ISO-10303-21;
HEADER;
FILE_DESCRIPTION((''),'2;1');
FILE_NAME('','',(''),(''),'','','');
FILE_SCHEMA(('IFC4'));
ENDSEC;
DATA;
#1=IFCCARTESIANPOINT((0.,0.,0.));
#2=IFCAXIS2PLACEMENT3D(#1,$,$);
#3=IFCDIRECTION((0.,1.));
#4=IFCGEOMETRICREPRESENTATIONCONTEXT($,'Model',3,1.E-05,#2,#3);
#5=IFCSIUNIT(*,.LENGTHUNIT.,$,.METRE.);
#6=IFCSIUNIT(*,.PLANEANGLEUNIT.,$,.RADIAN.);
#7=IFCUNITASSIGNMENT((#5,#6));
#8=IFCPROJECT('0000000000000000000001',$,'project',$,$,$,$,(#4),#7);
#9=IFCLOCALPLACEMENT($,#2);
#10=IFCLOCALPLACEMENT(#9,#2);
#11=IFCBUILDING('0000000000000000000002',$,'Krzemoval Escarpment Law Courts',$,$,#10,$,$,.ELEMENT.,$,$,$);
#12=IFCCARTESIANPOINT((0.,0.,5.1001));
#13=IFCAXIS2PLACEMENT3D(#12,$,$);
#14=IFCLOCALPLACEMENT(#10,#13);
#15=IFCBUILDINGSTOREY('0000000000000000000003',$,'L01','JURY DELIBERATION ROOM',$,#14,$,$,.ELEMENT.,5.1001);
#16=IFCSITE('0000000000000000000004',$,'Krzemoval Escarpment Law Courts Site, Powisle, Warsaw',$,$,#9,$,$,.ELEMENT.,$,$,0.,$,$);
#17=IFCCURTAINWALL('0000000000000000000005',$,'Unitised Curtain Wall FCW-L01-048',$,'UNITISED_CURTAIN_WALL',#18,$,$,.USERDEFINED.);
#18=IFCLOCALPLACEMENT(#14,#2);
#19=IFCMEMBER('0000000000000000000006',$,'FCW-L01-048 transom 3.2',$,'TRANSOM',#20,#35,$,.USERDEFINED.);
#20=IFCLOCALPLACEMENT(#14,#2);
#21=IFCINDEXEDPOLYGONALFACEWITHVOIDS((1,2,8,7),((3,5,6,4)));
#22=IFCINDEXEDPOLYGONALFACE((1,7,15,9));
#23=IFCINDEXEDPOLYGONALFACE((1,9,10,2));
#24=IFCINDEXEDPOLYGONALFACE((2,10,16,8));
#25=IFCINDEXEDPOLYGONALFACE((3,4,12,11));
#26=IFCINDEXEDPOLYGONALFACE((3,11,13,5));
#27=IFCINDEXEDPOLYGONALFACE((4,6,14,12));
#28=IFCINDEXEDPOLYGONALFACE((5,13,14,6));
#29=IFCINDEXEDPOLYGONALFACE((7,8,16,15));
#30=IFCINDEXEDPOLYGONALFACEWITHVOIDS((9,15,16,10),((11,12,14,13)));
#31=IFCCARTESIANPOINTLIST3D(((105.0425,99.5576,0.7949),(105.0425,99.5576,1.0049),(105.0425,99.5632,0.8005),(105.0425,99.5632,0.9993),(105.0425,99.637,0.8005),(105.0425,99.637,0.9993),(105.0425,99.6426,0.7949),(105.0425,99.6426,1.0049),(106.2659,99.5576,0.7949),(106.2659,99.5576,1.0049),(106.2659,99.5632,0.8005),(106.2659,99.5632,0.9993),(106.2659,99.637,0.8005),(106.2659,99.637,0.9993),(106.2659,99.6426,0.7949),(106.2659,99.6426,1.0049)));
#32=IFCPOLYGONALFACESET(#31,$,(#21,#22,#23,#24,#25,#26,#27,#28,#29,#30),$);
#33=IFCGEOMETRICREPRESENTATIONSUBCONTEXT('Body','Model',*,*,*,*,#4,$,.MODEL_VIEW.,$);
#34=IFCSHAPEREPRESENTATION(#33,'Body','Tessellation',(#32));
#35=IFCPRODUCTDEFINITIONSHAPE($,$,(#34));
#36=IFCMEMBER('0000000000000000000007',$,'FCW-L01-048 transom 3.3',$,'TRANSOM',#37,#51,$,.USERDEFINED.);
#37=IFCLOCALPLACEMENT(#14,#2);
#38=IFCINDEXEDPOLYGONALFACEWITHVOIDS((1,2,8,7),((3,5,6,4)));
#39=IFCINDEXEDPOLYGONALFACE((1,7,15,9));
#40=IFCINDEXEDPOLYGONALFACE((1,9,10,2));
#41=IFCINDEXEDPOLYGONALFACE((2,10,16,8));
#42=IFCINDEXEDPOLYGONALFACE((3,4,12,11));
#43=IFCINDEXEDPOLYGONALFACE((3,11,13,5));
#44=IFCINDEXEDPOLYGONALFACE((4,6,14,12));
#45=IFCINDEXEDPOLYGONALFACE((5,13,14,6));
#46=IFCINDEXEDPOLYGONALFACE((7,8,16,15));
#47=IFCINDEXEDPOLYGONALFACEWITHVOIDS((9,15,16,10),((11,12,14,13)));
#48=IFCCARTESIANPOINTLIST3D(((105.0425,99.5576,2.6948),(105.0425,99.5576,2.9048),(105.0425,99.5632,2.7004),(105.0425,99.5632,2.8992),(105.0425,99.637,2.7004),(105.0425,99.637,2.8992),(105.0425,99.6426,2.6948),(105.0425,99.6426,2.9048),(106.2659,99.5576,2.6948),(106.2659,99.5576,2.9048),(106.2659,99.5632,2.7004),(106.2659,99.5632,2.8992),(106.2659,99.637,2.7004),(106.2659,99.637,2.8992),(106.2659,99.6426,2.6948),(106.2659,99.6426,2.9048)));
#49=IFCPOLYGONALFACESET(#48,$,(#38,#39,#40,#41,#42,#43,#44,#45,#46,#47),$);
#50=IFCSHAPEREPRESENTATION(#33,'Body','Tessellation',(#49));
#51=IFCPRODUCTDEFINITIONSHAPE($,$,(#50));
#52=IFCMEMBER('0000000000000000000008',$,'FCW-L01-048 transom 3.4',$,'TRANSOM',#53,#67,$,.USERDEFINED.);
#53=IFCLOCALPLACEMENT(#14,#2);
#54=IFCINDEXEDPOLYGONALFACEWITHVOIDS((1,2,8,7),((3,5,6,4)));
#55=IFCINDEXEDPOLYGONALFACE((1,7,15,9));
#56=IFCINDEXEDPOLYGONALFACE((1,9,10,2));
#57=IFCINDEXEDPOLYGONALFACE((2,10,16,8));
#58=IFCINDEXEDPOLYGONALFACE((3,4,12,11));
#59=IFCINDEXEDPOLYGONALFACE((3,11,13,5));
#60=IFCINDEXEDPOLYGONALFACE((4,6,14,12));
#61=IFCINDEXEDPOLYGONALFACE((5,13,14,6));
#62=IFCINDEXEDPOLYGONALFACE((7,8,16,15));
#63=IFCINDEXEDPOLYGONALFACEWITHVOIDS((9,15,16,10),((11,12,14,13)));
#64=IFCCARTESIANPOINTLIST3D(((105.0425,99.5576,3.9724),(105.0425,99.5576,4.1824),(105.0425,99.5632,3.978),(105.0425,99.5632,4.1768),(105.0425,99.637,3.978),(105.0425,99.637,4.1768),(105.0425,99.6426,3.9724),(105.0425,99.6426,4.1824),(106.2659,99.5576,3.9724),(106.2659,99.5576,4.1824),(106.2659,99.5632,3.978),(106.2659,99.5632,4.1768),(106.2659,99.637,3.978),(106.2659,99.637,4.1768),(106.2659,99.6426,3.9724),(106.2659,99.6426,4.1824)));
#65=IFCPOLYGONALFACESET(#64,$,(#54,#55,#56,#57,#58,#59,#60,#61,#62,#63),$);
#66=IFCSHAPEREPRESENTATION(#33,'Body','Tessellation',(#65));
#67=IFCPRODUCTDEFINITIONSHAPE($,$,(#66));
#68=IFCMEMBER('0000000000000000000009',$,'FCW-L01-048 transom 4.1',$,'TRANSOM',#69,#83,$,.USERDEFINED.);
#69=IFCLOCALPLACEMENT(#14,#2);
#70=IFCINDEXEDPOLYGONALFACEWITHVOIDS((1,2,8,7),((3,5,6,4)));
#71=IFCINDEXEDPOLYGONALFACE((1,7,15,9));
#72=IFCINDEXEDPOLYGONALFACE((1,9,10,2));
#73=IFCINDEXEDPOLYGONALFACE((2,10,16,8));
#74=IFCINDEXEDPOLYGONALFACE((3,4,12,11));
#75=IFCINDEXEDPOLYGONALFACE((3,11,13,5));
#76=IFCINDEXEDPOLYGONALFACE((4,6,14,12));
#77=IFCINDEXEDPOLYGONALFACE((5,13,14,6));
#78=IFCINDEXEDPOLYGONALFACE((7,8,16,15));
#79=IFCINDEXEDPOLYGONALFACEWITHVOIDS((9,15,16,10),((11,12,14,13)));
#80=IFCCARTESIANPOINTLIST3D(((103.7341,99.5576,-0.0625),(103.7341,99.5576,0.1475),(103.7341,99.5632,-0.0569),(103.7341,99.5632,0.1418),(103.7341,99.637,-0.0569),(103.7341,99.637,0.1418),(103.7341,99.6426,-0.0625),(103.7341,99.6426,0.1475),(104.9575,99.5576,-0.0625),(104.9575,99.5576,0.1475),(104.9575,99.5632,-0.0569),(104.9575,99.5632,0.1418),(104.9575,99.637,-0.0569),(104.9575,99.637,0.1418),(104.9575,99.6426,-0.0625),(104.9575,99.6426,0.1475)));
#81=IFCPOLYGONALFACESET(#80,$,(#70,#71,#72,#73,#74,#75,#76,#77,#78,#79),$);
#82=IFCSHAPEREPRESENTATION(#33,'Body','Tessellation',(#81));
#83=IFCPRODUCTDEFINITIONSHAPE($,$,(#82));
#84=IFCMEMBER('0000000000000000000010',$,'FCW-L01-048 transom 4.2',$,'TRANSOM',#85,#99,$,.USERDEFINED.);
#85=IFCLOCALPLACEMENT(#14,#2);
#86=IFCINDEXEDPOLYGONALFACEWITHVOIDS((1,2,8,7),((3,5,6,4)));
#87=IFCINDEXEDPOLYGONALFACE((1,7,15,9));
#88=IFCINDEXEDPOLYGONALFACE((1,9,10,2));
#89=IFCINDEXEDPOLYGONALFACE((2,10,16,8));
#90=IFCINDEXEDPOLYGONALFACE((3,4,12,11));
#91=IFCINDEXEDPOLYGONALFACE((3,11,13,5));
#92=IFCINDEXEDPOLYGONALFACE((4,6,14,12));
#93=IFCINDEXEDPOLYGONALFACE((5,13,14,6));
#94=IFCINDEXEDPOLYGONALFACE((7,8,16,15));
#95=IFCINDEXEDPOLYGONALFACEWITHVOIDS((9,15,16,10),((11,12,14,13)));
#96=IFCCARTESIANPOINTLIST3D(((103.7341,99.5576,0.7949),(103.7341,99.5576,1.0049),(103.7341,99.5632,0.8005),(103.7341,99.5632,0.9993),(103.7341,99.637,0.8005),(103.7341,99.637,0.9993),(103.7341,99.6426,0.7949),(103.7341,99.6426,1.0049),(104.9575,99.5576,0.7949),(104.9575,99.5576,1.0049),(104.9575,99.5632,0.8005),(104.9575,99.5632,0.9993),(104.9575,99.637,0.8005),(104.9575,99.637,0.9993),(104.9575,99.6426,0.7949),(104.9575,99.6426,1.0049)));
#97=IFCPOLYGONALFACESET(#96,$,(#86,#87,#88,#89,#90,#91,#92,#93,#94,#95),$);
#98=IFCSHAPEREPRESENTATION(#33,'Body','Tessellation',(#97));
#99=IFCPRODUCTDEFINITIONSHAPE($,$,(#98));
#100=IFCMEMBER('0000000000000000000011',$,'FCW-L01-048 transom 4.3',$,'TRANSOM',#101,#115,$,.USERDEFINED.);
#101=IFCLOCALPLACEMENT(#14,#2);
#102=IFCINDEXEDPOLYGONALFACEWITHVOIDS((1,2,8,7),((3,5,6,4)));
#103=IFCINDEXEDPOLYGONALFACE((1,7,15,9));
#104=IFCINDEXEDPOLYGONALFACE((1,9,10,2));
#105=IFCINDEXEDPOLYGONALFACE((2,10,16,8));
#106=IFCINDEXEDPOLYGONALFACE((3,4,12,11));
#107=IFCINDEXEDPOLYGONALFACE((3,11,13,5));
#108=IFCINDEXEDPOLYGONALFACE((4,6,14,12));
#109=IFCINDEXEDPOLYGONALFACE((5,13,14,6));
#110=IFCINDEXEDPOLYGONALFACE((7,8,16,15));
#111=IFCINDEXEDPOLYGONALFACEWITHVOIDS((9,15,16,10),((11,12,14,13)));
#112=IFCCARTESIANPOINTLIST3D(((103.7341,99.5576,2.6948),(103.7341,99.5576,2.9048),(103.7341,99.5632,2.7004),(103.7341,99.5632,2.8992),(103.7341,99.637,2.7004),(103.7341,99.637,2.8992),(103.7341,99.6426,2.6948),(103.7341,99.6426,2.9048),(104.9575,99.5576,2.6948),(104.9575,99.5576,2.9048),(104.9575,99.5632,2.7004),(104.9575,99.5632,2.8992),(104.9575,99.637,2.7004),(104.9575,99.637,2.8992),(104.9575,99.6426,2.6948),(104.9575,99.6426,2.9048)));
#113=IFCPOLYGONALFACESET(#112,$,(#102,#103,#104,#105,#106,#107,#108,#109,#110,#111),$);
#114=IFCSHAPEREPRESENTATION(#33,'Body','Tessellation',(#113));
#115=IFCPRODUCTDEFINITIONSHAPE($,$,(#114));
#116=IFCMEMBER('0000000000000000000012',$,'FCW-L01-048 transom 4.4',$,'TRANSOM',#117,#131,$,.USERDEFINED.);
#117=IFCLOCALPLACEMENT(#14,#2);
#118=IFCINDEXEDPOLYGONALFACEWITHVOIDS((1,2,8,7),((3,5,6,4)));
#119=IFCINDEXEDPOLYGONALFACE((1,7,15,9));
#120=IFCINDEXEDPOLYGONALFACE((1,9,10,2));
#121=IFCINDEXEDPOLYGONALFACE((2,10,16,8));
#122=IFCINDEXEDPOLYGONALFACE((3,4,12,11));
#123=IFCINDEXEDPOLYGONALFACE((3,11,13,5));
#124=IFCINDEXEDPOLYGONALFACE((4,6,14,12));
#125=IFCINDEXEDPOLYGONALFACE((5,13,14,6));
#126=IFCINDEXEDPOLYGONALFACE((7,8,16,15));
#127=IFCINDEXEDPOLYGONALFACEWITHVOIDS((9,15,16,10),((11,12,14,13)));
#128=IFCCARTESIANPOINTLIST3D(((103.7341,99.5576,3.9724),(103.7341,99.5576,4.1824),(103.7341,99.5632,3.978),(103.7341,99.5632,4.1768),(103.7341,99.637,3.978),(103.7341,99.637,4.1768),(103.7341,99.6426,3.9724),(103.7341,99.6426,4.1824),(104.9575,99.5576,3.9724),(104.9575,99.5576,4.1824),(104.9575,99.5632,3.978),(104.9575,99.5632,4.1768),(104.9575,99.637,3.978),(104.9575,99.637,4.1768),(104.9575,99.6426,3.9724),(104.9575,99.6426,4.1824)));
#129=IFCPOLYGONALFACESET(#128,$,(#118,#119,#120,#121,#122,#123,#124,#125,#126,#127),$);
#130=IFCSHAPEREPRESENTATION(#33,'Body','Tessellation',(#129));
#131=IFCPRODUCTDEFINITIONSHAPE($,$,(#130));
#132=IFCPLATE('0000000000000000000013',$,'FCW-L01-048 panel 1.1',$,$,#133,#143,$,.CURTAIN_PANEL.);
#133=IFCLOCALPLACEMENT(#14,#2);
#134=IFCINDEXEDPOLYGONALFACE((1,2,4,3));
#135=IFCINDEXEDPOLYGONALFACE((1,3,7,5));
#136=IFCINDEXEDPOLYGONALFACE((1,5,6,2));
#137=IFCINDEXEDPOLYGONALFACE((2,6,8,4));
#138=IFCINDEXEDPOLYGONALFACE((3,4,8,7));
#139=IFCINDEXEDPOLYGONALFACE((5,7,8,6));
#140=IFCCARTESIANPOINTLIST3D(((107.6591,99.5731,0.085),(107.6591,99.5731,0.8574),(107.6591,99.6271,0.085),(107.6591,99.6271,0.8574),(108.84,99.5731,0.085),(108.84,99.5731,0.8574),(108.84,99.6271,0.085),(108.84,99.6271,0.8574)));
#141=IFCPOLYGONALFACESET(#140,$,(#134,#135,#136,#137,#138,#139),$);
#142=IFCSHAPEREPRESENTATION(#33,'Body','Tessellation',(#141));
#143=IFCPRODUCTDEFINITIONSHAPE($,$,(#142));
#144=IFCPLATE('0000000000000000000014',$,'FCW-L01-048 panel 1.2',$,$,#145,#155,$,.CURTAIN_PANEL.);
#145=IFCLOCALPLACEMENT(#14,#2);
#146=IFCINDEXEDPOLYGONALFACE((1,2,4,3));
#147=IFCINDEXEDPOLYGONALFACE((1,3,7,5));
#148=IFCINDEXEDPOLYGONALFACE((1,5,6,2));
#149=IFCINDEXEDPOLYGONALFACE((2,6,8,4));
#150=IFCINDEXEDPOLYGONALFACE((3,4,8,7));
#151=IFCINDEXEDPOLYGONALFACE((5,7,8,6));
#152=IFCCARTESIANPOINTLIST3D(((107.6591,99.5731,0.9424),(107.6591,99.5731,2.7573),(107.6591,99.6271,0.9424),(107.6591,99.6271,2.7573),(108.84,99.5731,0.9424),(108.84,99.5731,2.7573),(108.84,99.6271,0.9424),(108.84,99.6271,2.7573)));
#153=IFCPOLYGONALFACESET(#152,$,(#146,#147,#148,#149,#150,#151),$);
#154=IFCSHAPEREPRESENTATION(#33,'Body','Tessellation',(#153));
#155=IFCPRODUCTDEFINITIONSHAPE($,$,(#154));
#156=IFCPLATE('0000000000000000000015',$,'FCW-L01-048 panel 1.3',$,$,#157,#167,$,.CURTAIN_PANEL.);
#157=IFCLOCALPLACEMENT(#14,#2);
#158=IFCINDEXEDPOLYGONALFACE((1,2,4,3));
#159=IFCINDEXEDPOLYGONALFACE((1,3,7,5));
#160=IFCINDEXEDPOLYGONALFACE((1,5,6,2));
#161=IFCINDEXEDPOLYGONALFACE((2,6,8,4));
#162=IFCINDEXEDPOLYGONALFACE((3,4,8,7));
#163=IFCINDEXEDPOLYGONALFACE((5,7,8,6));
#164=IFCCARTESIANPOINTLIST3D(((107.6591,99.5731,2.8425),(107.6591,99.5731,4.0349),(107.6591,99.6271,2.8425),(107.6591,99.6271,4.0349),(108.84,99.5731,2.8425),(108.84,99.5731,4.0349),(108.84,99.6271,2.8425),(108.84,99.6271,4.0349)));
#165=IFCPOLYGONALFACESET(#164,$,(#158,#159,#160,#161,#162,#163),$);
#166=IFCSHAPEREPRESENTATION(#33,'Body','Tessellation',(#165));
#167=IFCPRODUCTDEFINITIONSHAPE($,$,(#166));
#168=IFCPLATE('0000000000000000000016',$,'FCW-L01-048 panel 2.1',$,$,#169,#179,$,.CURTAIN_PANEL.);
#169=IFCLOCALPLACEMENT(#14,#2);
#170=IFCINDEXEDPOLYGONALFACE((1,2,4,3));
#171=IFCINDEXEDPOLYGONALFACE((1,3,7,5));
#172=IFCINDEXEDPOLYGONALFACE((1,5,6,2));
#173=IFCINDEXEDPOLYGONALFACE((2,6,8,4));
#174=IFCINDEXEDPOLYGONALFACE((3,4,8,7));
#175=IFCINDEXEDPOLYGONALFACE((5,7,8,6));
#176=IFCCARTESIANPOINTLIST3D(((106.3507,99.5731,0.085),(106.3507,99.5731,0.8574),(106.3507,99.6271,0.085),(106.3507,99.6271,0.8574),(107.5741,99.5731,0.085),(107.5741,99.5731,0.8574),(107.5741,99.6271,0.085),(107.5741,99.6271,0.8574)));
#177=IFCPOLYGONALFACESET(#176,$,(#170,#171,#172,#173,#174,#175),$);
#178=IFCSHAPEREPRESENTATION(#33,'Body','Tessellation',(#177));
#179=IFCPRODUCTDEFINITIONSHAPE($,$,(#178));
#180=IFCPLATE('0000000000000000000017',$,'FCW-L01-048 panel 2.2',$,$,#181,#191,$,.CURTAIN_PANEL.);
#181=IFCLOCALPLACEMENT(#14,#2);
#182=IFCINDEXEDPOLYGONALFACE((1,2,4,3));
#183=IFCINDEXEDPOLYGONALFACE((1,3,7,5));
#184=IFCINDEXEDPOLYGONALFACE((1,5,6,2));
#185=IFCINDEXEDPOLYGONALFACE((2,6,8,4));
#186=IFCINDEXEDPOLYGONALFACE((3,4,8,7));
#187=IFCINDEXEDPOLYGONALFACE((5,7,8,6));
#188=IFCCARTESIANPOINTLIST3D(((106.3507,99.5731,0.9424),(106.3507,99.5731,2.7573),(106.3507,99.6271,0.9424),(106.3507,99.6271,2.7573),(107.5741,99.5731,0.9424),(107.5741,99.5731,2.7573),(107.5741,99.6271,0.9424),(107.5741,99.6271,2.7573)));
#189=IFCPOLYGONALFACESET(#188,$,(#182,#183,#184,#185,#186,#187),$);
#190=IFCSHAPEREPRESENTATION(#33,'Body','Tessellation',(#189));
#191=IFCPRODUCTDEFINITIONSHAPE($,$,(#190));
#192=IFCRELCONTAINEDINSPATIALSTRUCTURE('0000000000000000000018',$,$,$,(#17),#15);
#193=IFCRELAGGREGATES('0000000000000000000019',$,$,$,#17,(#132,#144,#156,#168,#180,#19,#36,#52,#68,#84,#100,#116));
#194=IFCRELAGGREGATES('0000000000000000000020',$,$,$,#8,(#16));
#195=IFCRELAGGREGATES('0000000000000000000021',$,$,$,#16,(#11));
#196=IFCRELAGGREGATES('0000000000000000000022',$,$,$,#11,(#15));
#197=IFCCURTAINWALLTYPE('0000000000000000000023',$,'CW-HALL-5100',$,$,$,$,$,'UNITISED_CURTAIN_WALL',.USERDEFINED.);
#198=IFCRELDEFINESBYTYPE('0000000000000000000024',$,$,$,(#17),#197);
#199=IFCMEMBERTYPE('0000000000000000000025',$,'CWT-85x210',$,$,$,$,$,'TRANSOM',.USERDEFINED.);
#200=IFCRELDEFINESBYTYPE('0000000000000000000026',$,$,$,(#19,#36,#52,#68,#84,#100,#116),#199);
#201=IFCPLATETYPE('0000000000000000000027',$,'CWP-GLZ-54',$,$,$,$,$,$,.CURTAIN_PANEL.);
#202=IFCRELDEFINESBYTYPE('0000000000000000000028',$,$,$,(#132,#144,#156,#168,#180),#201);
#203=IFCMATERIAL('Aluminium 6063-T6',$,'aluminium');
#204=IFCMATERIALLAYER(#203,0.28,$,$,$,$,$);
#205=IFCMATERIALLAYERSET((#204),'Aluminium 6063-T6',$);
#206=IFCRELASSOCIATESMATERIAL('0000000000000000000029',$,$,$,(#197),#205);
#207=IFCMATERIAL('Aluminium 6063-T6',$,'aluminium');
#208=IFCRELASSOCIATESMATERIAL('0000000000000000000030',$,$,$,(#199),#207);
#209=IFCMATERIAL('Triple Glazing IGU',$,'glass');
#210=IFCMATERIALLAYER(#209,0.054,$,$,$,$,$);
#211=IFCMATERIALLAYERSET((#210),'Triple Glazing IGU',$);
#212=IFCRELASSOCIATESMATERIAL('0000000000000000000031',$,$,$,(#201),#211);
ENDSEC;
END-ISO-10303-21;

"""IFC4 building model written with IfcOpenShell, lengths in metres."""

from ifc_helpers import new_model, si_unit, direction, frame, origin, origin_2d, place, context, subcontext, project, spatial, rectangle, hollow_rectangle, extrude, material, layer, layer_set, material_profile, profile_set, type_object, element, aggregate, save


model = new_model("IFC4")

# Units and contexts
model_context = context("Model", 3, precision=1e-05, world=origin(), true_north=direction((0.0, 1.0)))
body_context = subcontext(model_context, "Body", "Model", "MODEL_VIEW")
ifc_project = project(units=[si_unit("LENGTHUNIT", "METRE"), si_unit("PLANEANGLEUNIT", "RADIAN")], contexts=[model_context])

# Site, building, storey
site_placement = place(None, origin())
site = spatial("IfcSite", under=ifc_project, at=site_placement, Name="Krzemoval Escarpment Law Courts Site, Powisle, Warsaw", CompositionType="ELEMENT", RefElevation=0.0)
building_placement = place(site_placement, origin())
building = spatial("IfcBuilding", under=site, at=building_placement, Name="Krzemoval Escarpment Law Courts", CompositionType="ELEMENT")
storey_placement = place(building_placement, frame((0.0, 0.0, 5.1001)))
storey = spatial("IfcBuildingStorey", under=building, at=storey_placement, Name="L01", Description="JURY DELIBERATION ROOM", CompositionType="ELEMENT", Elevation=5.1001)

# Curtain wall, members, plates
ifc_material_1 = material(Name="Aluminium 6063-T6", Category="aluminium")
ifc_layer_1 = layer(ifc_material_1, 0.28)
ifc_layer_set_1 = layer_set([ifc_layer_1], Name="Aluminium 6063-T6")
curtain_wall_type = type_object("IfcCurtainWallType", Name="CW-HALL-5100", ElementType="UNITISED_CURTAIN_WALL", PredefinedType="USERDEFINED", material=ifc_layer_set_1)
curtain_wall_placement = place(storey_placement, origin())
curtain_wall = element("IfcCurtainWall", 1, at=curtain_wall_placement, inside=storey, type_object=curtain_wall_type, Name="Unitised Curtain Wall FCW-L01-048", ObjectType="UNITISED_CURTAIN_WALL", PredefinedType="USERDEFINED")
ifc_material_2 = material(Name="Aluminium 6063-T6", Category="aluminium")
ifc_material_profile_1 = material_profile(ifc_material_2, hollow_rectangle(XDim=0.085, YDim=0.21, WallThickness=0.0056, at=origin_2d()), Name="ALU T85x210")
ifc_profile_set_1 = profile_set([ifc_material_profile_1], Name="Aluminium 6063-T6")
member_type_1 = type_object("IfcMemberType", Name="CWT-85x210", ElementType="TRANSOM", PredefinedType="USERDEFINED", material=ifc_profile_set_1)
member_1_placement = place(storey_placement, frame((106.2659, 99.6001, 0.8999), z_axis=(-1.0, 0.0, 0.0), x_axis=(0.0, -1.0, 0.0)))
member_1 = element("IfcMember", 2, at=member_1_placement, type_object=member_type_1, Name="FCW-L01-048 transom 3.2", ObjectType="TRANSOM", PredefinedType="USERDEFINED", context=body_context, shape_type="SweptSolid", body=[
    extrude(hollow_rectangle(XDim=0.085, YDim=0.21, WallThickness=0.0056, at=origin_2d()), origin(), (0.0, 0.0, 1.0), 1.2234),
])
member_2_placement = place(storey_placement, frame((106.2659, 99.6001, 2.7998), z_axis=(-1.0, 0.0, 0.0), x_axis=(0.0, -1.0, 0.0)))
member_2 = element("IfcMember", 3, at=member_2_placement, type_object=member_type_1, Name="FCW-L01-048 transom 3.3", ObjectType="TRANSOM", PredefinedType="USERDEFINED", context=body_context, shape_type="SweptSolid", body=[
    extrude(hollow_rectangle(XDim=0.085, YDim=0.21, WallThickness=0.0056, at=origin_2d()), origin(), (0.0, 0.0, 1.0), 1.2234),
])
member_3_placement = place(storey_placement, frame((106.2659, 99.6001, 4.0774), z_axis=(-1.0, 0.0, 0.0), x_axis=(0.0, -1.0, 0.0)))
member_3 = element("IfcMember", 4, at=member_3_placement, type_object=member_type_1, Name="FCW-L01-048 transom 3.4", ObjectType="TRANSOM", PredefinedType="USERDEFINED", context=body_context, shape_type="SweptSolid", body=[
    extrude(hollow_rectangle(XDim=0.085, YDim=0.21, WallThickness=0.0056, at=origin_2d()), origin(), (0.0, 0.0, 1.0), 1.2234),
])
member_4_placement = place(storey_placement, frame((104.9575, 99.6001, 0.0425), z_axis=(-1.0, 0.0, 0.0), x_axis=(0.0, -1.0, 0.0)))
member_4 = element("IfcMember", 5, at=member_4_placement, type_object=member_type_1, Name="FCW-L01-048 transom 4.1", ObjectType="TRANSOM", PredefinedType="USERDEFINED", context=body_context, shape_type="SweptSolid", body=[
    extrude(hollow_rectangle(XDim=0.085, YDim=0.21, WallThickness=0.0056, at=origin_2d()), origin(), (0.0, 0.0, 1.0), 1.2234),
])
member_5_placement = place(storey_placement, frame((104.9575, 99.6001, 0.8999), z_axis=(-1.0, 0.0, 0.0), x_axis=(0.0, -1.0, 0.0)))
member_5 = element("IfcMember", 6, at=member_5_placement, type_object=member_type_1, Name="FCW-L01-048 transom 4.2", ObjectType="TRANSOM", PredefinedType="USERDEFINED", context=body_context, shape_type="SweptSolid", body=[
    extrude(hollow_rectangle(XDim=0.085, YDim=0.21, WallThickness=0.0056, at=origin_2d()), origin(), (0.0, 0.0, 1.0), 1.2234),
])
member_6_placement = place(storey_placement, frame((104.9575, 99.6001, 2.7998), z_axis=(-1.0, 0.0, 0.0), x_axis=(0.0, -1.0, 0.0)))
member_6 = element("IfcMember", 7, at=member_6_placement, type_object=member_type_1, Name="FCW-L01-048 transom 4.3", ObjectType="TRANSOM", PredefinedType="USERDEFINED", context=body_context, shape_type="SweptSolid", body=[
    extrude(hollow_rectangle(XDim=0.085, YDim=0.21, WallThickness=0.0056, at=origin_2d()), origin(), (0.0, 0.0, 1.0), 1.2234),
])
member_7_placement = place(storey_placement, frame((104.9575, 99.6001, 4.0774), z_axis=(-1.0, 0.0, 0.0), x_axis=(0.0, -1.0, 0.0)))
member_7 = element("IfcMember", 8, at=member_7_placement, type_object=member_type_1, Name="FCW-L01-048 transom 4.4", ObjectType="TRANSOM", PredefinedType="USERDEFINED", context=body_context, shape_type="SweptSolid", body=[
    extrude(hollow_rectangle(XDim=0.085, YDim=0.21, WallThickness=0.0056, at=origin_2d()), origin(), (0.0, 0.0, 1.0), 1.2234),
])
ifc_material_3 = material(Name="Triple Glazing IGU", Category="glass")
ifc_layer_2 = layer(ifc_material_3, 0.054)
ifc_layer_set_2 = layer_set([ifc_layer_2], Name="Triple Glazing IGU")
plate_type = type_object("IfcPlateType", Name="CWP-GLZ-54", PredefinedType="CURTAIN_PANEL", material=ifc_layer_set_2)
plate_1_placement = place(storey_placement, frame((108.2495, 99.6001, 0.085), z_axis=(0.0, 0.0, 1.0), x_axis=(-1.0, 0.0, 0.0)))
plate_1 = element("IfcPlate", 9, at=plate_1_placement, type_object=plate_type, Name="FCW-L01-048 panel 1.1", PredefinedType="CURTAIN_PANEL", context=body_context, shape_type="SweptSolid", body=[
    extrude(rectangle(XDim=1.1809, YDim=0.054, at=origin_2d()), origin(), (0.0, 0.0, 1.0), 0.7725),
])
plate_2_placement = place(storey_placement, frame((108.2495, 99.6001, 0.9424), z_axis=(0.0, 0.0, 1.0), x_axis=(-1.0, 0.0, 0.0)))
plate_2 = element("IfcPlate", 10, at=plate_2_placement, type_object=plate_type, Name="FCW-L01-048 panel 1.2", PredefinedType="CURTAIN_PANEL", context=body_context, shape_type="SweptSolid", body=[
    extrude(rectangle(XDim=1.1809, YDim=0.054, at=origin_2d()), origin(), (0.0, 0.0, 1.0), 1.8149),
])
plate_3_placement = place(storey_placement, frame((108.2495, 99.6001, 2.8425), z_axis=(0.0, 0.0, 1.0), x_axis=(-1.0, 0.0, 0.0)))
plate_3 = element("IfcPlate", 11, at=plate_3_placement, type_object=plate_type, Name="FCW-L01-048 panel 1.3", PredefinedType="CURTAIN_PANEL", context=body_context, shape_type="SweptSolid", body=[
    extrude(rectangle(XDim=1.1809, YDim=0.054, at=origin_2d()), origin(), (0.0, 0.0, 1.0), 1.1924),
])
plate_4_placement = place(storey_placement, frame((106.9624, 99.6001, 0.085), z_axis=(0.0, 0.0, 1.0), x_axis=(-1.0, 0.0, 0.0)))
plate_4 = element("IfcPlate", 12, at=plate_4_placement, type_object=plate_type, Name="FCW-L01-048 panel 2.1", PredefinedType="CURTAIN_PANEL", context=body_context, shape_type="SweptSolid", body=[
    extrude(rectangle(XDim=1.2234, YDim=0.054, at=origin_2d()), origin(), (0.0, 0.0, 1.0), 0.7725),
])
plate_5_placement = place(storey_placement, frame((106.9624, 99.6001, 0.9424), z_axis=(0.0, 0.0, 1.0), x_axis=(-1.0, 0.0, 0.0)))
plate_5 = element("IfcPlate", 13, at=plate_5_placement, type_object=plate_type, Name="FCW-L01-048 panel 2.2", PredefinedType="CURTAIN_PANEL", context=body_context, shape_type="SweptSolid", body=[
    extrude(rectangle(XDim=1.2234, YDim=0.054, at=origin_2d()), origin(), (0.0, 0.0, 1.0), 1.8149),
])
aggregate(curtain_wall, [plate_1, plate_2, plate_3, plate_4, plate_5, member_1, member_2, member_3, member_4, member_5, member_6, member_7])

save(model, "model.ifc")
